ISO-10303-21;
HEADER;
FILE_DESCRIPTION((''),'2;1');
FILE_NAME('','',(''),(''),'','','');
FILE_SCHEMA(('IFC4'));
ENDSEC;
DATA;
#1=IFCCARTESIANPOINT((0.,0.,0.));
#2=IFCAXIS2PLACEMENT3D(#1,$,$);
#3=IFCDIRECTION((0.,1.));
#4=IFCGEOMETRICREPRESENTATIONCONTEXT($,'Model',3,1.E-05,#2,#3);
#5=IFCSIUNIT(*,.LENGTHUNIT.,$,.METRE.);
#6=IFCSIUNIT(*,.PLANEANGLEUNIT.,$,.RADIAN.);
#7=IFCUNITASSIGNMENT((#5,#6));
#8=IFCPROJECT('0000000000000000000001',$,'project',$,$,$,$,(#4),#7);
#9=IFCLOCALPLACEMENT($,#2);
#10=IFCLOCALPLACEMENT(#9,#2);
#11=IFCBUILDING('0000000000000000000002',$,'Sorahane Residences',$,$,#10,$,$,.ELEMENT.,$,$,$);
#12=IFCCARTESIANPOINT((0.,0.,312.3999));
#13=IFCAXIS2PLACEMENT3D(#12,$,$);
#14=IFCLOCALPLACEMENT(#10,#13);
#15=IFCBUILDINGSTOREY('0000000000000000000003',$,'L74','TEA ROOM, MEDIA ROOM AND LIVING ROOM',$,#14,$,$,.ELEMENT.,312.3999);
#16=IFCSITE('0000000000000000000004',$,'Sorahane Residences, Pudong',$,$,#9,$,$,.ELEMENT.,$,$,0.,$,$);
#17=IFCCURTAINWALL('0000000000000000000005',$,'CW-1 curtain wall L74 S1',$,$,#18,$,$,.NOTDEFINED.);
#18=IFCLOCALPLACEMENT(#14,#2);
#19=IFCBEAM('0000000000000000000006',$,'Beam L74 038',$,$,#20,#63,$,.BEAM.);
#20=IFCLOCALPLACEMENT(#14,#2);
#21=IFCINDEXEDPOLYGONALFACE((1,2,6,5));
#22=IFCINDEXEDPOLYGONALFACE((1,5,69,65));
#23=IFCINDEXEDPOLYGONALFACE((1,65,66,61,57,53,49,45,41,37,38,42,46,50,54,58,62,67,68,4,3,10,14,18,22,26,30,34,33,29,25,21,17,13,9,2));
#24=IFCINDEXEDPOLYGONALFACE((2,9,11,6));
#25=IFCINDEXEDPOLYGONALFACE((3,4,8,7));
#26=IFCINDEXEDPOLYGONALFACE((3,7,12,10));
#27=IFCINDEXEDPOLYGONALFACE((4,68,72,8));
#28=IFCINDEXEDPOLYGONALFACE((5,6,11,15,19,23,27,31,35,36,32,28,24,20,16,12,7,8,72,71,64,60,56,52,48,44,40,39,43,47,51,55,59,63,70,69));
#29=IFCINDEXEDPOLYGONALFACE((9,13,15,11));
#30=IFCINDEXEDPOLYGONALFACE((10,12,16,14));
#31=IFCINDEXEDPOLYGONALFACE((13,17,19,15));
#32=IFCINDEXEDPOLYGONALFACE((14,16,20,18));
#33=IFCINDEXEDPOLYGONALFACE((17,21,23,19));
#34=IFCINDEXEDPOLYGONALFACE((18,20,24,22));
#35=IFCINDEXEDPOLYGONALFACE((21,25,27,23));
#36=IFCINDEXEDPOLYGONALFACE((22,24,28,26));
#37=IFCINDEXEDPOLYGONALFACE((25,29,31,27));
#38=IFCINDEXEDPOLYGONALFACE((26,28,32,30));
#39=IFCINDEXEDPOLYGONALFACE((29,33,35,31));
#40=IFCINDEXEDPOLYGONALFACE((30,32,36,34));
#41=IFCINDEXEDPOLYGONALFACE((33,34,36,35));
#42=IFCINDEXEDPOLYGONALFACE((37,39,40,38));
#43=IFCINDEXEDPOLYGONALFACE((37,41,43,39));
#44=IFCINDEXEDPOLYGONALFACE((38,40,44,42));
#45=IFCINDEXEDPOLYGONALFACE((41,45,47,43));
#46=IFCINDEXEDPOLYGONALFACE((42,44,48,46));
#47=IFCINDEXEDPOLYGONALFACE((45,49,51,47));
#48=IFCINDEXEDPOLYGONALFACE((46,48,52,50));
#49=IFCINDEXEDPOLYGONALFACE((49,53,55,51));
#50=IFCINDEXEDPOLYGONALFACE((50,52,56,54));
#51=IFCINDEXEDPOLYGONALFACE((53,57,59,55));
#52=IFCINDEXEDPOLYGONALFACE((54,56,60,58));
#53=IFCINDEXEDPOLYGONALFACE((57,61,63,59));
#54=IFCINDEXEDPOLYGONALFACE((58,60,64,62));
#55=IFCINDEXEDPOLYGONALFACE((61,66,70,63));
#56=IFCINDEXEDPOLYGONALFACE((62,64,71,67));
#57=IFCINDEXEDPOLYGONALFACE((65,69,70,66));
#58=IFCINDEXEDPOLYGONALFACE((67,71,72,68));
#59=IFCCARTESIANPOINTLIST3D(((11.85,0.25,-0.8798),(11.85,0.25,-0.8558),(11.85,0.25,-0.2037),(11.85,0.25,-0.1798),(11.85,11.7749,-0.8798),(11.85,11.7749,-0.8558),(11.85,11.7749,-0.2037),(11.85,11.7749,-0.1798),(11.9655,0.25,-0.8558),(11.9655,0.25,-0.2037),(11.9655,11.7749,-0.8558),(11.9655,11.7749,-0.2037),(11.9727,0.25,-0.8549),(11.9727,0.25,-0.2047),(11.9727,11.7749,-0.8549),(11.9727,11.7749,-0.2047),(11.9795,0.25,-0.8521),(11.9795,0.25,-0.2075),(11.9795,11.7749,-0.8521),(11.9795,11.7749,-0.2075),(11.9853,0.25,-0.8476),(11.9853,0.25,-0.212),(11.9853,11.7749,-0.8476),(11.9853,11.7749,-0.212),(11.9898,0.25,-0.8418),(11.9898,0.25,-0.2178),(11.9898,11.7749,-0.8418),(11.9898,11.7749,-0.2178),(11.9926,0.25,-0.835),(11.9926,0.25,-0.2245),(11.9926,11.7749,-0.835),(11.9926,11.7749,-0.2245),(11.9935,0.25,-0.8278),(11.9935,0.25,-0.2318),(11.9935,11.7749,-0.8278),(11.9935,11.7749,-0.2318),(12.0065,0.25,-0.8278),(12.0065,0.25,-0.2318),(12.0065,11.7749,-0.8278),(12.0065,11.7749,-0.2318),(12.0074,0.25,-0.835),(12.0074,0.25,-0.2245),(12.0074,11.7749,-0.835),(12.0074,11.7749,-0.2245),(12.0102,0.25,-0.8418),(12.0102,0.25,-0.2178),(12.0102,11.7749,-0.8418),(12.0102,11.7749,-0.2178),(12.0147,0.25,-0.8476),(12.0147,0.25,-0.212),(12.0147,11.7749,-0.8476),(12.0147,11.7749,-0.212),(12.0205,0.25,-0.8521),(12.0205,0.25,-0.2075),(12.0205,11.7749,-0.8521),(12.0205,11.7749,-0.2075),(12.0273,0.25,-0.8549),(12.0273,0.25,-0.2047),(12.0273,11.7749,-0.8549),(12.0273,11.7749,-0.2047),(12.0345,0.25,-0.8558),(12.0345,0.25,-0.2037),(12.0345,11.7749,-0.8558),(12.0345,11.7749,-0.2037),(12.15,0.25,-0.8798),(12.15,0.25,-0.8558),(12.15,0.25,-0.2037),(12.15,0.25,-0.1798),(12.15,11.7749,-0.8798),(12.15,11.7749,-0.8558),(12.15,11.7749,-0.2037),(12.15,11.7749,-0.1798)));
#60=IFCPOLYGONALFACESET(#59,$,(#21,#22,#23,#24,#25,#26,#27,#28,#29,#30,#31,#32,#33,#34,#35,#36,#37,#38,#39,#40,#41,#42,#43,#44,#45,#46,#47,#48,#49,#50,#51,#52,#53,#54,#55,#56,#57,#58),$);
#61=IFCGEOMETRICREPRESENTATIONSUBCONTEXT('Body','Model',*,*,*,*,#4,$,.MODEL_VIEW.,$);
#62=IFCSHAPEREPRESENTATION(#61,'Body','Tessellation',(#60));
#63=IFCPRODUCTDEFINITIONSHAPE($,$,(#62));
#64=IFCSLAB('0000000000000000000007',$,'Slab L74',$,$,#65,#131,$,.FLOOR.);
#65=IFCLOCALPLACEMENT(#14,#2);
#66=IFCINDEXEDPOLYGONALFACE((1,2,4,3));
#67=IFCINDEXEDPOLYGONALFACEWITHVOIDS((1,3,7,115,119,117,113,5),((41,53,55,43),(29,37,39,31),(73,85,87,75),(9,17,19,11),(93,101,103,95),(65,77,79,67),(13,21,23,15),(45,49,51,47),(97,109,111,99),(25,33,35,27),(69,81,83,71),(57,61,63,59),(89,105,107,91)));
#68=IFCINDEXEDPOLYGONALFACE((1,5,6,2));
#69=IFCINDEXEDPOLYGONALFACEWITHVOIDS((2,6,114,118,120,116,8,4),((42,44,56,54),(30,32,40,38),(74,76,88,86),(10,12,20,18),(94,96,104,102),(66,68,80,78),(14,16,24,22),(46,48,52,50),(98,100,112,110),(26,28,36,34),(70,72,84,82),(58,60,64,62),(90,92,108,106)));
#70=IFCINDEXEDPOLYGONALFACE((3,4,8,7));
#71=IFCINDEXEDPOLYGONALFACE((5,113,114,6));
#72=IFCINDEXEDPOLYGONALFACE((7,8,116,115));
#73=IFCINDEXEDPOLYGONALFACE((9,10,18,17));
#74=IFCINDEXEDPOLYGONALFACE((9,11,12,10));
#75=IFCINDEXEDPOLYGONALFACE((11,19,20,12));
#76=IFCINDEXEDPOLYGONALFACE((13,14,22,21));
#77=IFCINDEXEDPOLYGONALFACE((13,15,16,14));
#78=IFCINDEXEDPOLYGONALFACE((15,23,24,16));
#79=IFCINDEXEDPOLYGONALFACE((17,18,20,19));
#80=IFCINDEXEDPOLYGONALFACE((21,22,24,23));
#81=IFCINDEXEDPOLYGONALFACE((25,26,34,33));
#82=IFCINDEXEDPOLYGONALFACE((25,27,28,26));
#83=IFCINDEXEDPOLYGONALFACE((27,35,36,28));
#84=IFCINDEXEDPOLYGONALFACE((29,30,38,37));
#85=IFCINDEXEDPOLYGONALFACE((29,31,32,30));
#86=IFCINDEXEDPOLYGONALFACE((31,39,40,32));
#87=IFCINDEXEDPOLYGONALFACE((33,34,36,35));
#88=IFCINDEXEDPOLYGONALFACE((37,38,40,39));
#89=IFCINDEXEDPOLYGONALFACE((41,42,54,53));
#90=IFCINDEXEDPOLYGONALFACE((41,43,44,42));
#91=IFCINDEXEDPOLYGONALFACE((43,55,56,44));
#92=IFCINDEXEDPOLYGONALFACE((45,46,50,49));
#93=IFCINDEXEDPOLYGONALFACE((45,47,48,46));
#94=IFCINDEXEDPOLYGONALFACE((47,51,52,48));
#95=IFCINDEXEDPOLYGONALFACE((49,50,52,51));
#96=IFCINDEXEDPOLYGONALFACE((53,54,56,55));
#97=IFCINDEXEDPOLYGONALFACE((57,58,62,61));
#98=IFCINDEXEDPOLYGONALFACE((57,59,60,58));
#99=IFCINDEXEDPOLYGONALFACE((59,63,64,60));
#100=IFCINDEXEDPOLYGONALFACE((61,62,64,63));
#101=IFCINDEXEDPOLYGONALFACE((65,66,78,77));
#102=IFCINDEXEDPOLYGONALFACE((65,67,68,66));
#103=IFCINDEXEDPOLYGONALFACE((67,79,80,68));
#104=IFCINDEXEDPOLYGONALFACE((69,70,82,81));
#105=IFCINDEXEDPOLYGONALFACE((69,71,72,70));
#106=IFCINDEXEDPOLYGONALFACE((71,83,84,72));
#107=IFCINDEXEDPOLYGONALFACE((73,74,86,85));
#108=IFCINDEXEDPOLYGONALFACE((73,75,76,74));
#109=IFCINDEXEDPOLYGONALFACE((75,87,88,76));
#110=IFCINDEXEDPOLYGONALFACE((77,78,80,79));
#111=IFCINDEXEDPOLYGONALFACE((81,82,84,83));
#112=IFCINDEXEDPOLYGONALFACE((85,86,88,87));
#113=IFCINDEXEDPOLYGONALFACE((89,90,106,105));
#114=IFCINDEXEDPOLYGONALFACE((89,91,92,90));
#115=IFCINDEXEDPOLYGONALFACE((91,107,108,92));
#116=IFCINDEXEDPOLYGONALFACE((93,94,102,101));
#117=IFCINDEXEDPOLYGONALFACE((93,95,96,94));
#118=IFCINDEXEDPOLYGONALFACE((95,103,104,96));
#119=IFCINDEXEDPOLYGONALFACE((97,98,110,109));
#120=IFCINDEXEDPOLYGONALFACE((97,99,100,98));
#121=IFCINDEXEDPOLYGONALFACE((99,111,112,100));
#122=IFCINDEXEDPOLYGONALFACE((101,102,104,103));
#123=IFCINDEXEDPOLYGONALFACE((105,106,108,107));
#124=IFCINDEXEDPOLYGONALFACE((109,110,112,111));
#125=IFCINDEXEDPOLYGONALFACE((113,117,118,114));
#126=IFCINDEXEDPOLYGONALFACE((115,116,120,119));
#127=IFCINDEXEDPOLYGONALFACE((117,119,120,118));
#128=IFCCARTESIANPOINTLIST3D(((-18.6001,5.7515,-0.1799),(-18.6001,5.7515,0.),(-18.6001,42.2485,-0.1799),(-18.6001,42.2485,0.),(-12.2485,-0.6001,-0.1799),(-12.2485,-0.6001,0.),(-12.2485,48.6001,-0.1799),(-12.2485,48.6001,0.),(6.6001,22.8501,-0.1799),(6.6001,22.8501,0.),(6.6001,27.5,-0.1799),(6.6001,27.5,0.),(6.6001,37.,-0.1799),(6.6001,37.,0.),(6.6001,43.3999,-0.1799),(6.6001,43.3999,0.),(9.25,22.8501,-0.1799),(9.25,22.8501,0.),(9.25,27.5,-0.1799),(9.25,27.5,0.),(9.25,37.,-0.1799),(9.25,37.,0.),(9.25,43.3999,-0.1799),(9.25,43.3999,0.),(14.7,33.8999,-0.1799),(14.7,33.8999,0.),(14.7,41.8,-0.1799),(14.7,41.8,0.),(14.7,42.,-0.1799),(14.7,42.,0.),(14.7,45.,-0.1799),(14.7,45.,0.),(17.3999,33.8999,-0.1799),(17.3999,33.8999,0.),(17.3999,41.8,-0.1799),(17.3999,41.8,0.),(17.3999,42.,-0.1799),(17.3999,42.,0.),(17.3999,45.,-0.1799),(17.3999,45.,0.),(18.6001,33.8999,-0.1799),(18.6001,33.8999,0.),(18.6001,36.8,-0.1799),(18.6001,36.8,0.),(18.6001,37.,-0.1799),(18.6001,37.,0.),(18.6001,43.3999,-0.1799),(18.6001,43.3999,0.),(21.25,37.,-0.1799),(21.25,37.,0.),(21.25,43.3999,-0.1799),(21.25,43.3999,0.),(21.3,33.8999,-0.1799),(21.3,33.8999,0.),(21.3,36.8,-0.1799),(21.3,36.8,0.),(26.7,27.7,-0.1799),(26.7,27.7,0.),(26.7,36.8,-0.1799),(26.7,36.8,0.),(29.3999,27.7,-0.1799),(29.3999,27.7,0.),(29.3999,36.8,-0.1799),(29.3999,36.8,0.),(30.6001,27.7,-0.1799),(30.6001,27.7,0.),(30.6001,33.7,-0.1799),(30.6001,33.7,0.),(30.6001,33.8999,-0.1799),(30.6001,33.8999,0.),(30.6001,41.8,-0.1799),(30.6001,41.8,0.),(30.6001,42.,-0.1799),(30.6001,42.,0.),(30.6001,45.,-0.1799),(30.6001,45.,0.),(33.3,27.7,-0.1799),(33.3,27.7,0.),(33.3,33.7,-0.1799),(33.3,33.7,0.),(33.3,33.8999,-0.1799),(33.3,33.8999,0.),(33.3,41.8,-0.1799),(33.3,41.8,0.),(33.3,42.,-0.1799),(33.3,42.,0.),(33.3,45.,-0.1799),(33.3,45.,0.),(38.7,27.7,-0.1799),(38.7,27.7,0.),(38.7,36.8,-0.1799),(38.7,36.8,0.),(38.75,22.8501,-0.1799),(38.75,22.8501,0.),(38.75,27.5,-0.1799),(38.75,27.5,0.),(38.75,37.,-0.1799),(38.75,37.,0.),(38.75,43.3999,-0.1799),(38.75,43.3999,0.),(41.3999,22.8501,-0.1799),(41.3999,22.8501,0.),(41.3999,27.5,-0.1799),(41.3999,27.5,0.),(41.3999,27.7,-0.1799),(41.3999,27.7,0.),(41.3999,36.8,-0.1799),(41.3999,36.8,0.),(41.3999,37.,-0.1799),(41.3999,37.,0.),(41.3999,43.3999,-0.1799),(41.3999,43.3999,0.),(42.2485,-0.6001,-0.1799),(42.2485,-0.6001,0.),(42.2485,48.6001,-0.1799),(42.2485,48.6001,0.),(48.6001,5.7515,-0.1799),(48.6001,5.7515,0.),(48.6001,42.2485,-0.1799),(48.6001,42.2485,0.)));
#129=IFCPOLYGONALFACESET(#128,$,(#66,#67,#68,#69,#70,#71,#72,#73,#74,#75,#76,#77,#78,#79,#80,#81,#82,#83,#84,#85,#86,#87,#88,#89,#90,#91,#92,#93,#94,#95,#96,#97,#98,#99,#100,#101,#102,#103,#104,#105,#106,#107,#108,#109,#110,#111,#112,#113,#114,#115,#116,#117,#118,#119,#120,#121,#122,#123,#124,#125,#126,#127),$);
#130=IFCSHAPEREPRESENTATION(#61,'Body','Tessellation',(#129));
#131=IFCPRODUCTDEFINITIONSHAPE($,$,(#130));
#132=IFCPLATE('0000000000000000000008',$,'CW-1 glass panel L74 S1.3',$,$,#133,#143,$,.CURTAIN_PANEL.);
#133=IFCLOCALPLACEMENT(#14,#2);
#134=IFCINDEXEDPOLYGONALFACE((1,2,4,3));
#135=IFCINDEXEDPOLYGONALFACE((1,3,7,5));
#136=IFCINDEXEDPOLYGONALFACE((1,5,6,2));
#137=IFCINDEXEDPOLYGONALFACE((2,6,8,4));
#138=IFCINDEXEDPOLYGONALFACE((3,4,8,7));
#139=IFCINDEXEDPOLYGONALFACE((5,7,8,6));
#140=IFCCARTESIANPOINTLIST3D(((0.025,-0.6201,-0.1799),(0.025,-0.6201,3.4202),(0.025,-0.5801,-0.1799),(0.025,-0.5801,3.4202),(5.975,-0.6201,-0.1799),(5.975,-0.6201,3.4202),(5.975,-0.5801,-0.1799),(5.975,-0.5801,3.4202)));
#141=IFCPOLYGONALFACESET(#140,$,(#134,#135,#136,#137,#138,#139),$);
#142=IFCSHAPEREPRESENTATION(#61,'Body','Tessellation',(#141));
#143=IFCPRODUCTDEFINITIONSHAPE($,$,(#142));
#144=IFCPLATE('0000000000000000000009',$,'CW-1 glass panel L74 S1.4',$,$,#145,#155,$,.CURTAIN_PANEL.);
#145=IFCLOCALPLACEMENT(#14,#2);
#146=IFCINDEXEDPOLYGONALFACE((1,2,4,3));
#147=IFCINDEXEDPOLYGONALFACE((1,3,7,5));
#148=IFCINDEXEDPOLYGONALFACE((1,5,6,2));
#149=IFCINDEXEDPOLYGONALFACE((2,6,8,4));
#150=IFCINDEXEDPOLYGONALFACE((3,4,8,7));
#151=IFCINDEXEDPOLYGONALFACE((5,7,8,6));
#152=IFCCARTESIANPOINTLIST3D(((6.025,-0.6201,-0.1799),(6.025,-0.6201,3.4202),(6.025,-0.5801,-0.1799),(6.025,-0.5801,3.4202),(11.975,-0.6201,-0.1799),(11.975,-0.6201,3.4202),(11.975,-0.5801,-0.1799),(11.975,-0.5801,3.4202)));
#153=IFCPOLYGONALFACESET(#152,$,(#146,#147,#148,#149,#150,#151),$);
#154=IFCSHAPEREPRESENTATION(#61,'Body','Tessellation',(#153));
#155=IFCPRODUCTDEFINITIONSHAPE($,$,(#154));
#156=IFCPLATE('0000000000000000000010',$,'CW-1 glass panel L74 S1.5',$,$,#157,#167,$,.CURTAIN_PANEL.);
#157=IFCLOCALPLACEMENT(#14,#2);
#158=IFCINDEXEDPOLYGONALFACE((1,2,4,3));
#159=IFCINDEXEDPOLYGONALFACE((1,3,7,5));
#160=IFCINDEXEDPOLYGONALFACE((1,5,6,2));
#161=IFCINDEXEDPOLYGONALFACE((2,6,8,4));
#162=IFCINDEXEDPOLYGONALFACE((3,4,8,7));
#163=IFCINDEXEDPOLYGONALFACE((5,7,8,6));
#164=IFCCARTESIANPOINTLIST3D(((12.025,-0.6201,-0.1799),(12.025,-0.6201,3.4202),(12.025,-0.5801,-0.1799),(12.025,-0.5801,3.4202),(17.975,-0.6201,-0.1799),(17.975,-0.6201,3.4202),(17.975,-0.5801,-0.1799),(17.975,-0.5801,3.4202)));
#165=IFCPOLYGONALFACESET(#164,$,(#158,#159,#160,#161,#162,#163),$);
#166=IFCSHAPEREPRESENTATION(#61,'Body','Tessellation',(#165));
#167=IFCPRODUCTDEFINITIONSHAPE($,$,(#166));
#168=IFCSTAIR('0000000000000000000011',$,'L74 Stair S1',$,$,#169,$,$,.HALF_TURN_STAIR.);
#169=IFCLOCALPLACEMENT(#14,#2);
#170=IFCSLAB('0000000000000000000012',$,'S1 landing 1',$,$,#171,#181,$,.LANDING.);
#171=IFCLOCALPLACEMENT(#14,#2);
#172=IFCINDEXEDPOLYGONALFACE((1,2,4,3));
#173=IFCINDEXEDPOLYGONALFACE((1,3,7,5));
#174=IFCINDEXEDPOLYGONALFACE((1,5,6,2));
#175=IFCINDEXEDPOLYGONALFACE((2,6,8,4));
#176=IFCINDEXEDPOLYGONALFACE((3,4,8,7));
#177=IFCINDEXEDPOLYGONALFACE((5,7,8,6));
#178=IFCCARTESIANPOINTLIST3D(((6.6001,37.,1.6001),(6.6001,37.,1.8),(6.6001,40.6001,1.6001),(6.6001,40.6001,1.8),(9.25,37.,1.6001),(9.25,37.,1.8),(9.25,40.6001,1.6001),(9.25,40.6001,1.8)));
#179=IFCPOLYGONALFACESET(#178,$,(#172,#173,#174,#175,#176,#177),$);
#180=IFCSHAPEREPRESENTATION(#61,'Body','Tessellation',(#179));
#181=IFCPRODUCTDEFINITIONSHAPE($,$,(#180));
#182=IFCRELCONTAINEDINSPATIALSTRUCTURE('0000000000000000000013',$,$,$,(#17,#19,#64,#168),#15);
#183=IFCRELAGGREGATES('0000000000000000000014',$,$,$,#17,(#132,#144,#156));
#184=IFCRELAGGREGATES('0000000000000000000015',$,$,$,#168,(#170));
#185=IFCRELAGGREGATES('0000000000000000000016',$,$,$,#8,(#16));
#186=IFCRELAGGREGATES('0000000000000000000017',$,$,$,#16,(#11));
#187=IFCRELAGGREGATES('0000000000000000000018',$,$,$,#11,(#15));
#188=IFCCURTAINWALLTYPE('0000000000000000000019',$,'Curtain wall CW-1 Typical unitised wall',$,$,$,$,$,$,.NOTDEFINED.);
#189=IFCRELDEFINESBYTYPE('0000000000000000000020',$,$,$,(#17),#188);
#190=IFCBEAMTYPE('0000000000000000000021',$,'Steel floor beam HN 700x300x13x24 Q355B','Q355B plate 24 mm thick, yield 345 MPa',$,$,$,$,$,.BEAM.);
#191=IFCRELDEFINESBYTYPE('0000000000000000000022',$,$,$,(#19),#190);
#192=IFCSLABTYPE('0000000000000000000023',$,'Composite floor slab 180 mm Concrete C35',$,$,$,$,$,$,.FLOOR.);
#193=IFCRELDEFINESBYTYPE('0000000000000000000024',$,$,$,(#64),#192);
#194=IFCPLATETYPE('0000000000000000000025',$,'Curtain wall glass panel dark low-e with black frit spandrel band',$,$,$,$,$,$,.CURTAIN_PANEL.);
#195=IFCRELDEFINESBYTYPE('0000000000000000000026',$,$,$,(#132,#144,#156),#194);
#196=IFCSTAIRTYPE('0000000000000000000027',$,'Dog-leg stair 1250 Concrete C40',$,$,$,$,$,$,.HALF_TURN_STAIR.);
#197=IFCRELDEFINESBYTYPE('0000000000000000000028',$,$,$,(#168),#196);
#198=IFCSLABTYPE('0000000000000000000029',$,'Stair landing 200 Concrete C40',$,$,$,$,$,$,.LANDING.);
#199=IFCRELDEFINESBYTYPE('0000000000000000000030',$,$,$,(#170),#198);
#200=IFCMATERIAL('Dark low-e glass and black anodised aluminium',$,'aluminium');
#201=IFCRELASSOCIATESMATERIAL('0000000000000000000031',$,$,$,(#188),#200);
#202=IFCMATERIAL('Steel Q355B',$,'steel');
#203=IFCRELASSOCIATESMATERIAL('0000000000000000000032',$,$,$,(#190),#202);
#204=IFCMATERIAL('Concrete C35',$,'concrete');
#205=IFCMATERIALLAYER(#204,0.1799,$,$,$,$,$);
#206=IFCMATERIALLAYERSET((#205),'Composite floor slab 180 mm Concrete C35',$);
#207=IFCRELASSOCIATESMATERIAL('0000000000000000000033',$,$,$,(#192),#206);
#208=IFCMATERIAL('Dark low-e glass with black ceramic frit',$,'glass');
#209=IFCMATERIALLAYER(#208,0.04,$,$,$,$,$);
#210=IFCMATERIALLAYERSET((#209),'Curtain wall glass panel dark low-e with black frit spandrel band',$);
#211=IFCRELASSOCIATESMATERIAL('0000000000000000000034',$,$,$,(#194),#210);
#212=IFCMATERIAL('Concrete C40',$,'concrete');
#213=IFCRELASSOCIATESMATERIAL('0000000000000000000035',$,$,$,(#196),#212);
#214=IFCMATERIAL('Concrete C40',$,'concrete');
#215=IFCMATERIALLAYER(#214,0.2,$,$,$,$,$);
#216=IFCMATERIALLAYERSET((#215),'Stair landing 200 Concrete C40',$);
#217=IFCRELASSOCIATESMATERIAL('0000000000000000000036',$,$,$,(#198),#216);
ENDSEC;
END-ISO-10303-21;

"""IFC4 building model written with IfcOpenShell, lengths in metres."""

from ifc_helpers import new_model, si_unit, direction, frame, origin, origin_2d, place, context, subcontext, project, spatial, polyline, rectangle, i_section, outline, extrude, material, layer, layer_set, material_profile, profile_set, type_object, element, aggregate, save


model = new_model("IFC4")

# Units and contexts
model_context = context("Model", 3, precision=1e-05, world=origin(), true_north=direction((0.0, 1.0)))
body_context = subcontext(model_context, "Body", "Model", "MODEL_VIEW")
ifc_project = project(units=[si_unit("LENGTHUNIT", "METRE"), si_unit("PLANEANGLEUNIT", "RADIAN")], contexts=[model_context])

# Site, building, storey
site_placement = place(None, origin())
site = spatial("IfcSite", under=ifc_project, at=site_placement, Name="Sorahane Residences, Pudong", CompositionType="ELEMENT", RefElevation=0.0)
building_placement = place(site_placement, origin())
building = spatial("IfcBuilding", under=site, at=building_placement, Name="Sorahane Residences", CompositionType="ELEMENT")
storey_placement = place(building_placement, frame((0.0, 0.0, 312.3999)))
storey = spatial("IfcBuildingStorey", under=building, at=storey_placement, Name="L74", Description="TEA ROOM, MEDIA ROOM AND LIVING ROOM", CompositionType="ELEMENT", Elevation=312.3999)

# Curtain wall
ifc_material_1 = material(Name="Dark low-e glass and black anodised aluminium", Category="aluminium")
curtain_wall_type = type_object("IfcCurtainWallType", Name="Curtain wall CW-1 Typical unitised wall", PredefinedType="NOTDEFINED", material=ifc_material_1)
curtain_wall_placement = place(storey_placement, origin())
curtain_wall = element("IfcCurtainWall", 1, at=curtain_wall_placement, inside=storey, type_object=curtain_wall_type, Name="CW-1 curtain wall L74 S1", PredefinedType="NOTDEFINED")

# Beam
ifc_material_2 = material(Name="Steel Q355B", Category="steel")
ifc_material_profile_1 = material_profile(ifc_material_2, i_section(OverallWidth=0.3, OverallDepth=0.7, WebThickness=0.0129, FlangeThickness=0.0239, FilletRadius=0.0281, at=origin_2d()), Name="HN 700x300x13x24")
ifc_profile_set_1 = profile_set([ifc_material_profile_1], Name="Steel Q355B")
beam_type_1 = type_object("IfcBeamType", Name="Steel floor beam HN 700x300x13x24 Q355B", Description="Q355B plate 24 mm thick, yield 345 MPa", PredefinedType="BEAM", material=ifc_profile_set_1)
beam_1_placement = place(storey_placement, frame((12.0, 0.25, -0.5298), z_axis=(0.0, 1.0, 0.0), x_axis=(-1.0, 0.0, 0.0)))
element("IfcBeam", 2, at=beam_1_placement, inside=storey, type_object=beam_type_1, Name="Beam L74 038", PredefinedType="BEAM", context=body_context, shape_type="SweptSolid", body=[
    extrude(i_section(OverallWidth=0.3, OverallDepth=0.7, WebThickness=0.0129, FlangeThickness=0.0239, FilletRadius=0.0281, at=origin_2d()), origin(), (0.0, 0.0, 1.0), 11.5249),
])

# Slab
ifc_material_3 = material(Name="Concrete C35", Category="concrete")
ifc_layer_1 = layer(ifc_material_3, 0.1799)
ifc_layer_set_1 = layer_set([ifc_layer_1], Name="Composite floor slab 180 mm Concrete C35")
slab_type_1 = type_object("IfcSlabType", Name="Composite floor slab 180 mm Concrete C35", PredefinedType="FLOOR", material=ifc_layer_set_1)
slab_1_placement = place(storey_placement, frame((0.0, 0.0, -0.1799)))
element("IfcSlab", 3, at=slab_1_placement, inside=storey, type_object=slab_type_1, Name="Slab L74", PredefinedType="FLOOR", context=body_context, shape_type="SweptSolid", body=[
    extrude(outline(polyline([(-12.2485, -0.6001), (-18.6001, 5.7515), (-18.6001, 42.2485), (-12.2485, 48.6001), (42.2485, 48.6001), (48.6001, 42.2485), (48.6001, 5.7515), (42.2485, -0.6001), (-12.2485, -0.6001)]), holes=[polyline([(38.7, 27.7), (41.3999, 27.7), (41.3999, 36.8), (38.7, 36.8), (38.7, 27.7)]), polyline([(30.6001, 27.7), (33.3, 27.7), (33.3, 33.7), (30.6001, 33.7), (30.6001, 27.7)]), polyline([(30.6001, 42.0), (33.3, 42.0), (33.3, 45.0), (30.6001, 45.0), (30.6001, 42.0)]), polyline([(14.7, 42.0), (17.3999, 42.0), (17.3999, 45.0), (14.7, 45.0), (14.7, 42.0)]), polyline([(6.6001, 43.3999), (6.6001, 37.0), (9.25, 37.0), (9.25, 43.3999), (6.6001, 43.3999)]), polyline([(38.75, 43.3999), (38.75, 37.0), (41.3999, 37.0), (41.3999, 43.3999), (38.75, 43.3999)]), polyline([(18.6001, 43.3999), (18.6001, 37.0), (21.25, 37.0), (21.25, 43.3999), (18.6001, 43.3999)]), polyline([(9.25, 22.8501), (9.25, 27.5), (6.6001, 27.5), (6.6001, 22.8501), (9.25, 22.8501)]), polyline([(41.3999, 22.8501), (41.3999, 27.5), (38.75, 27.5), (38.75, 22.8501), (41.3999, 22.8501)]), polyline([(14.7, 33.8999), (17.3999, 33.8999), (17.3999, 41.8), (14.7, 41.8), (14.7, 33.8999)]), polyline([(30.6001, 33.8999), (33.3, 33.8999), (33.3, 41.8), (30.6001, 41.8), (30.6001, 33.8999)]), polyline([(18.6001, 33.8999), (21.3, 33.8999), (21.3, 36.8), (18.6001, 36.8), (18.6001, 33.8999)]), polyline([(26.7, 27.7), (29.3999, 27.7), (29.3999, 36.8), (26.7, 36.8), (26.7, 27.7)])]), origin(), (0.0, 0.0, 1.0), 0.1799),
])

# Plates
ifc_material_4 = material(Name="Dark low-e glass with black ceramic frit", Category="glass")
ifc_layer_2 = layer(ifc_material_4, 0.04)
ifc_layer_set_2 = layer_set([ifc_layer_2], Name="Curtain wall glass panel dark low-e with black frit spandrel band")
plate_type = type_object("IfcPlateType", Name="Curtain wall glass panel dark low-e with black frit spandrel band", PredefinedType="CURTAIN_PANEL", material=ifc_layer_set_2)
plate_1_placement = place(storey_placement, frame((3.0, -0.6001, -0.1799), z_axis=(0.0, 0.0, 1.0), x_axis=(1.0, 0.0, 0.0)))
plate_1 = element("IfcPlate", 4, at=plate_1_placement, type_object=plate_type, Name="CW-1 glass panel L74 S1.3", PredefinedType="CURTAIN_PANEL", context=body_context, shape_type="SweptSolid", body=[
    extrude(rectangle(XDim=5.95, YDim=0.04, at=origin_2d()), origin(), (0.0, 0.0, 1.0), 3.6001),
])
plate_2_placement = place(storey_placement, frame((9.0, -0.6001, -0.1799), z_axis=(0.0, 0.0, 1.0), x_axis=(1.0, 0.0, 0.0)))
plate_2 = element("IfcPlate", 5, at=plate_2_placement, type_object=plate_type, Name="CW-1 glass panel L74 S1.4", PredefinedType="CURTAIN_PANEL", context=body_context, shape_type="SweptSolid", body=[
    extrude(rectangle(XDim=5.95, YDim=0.04, at=origin_2d()), origin(), (0.0, 0.0, 1.0), 3.6001),
])
plate_3_placement = place(storey_placement, frame((15.0, -0.6001, -0.1799), z_axis=(0.0, 0.0, 1.0), x_axis=(1.0, 0.0, 0.0)))
plate_3 = element("IfcPlate", 6, at=plate_3_placement, type_object=plate_type, Name="CW-1 glass panel L74 S1.5", PredefinedType="CURTAIN_PANEL", context=body_context, shape_type="SweptSolid", body=[
    extrude(rectangle(XDim=5.95, YDim=0.04, at=origin_2d()), origin(), (0.0, 0.0, 1.0), 3.6001),
])
aggregate(curtain_wall, [plate_1, plate_2, plate_3])

# Stair, slab
ifc_material_5 = material(Name="Concrete C40", Category="concrete")
stair_type = type_object("IfcStairType", Name="Dog-leg stair 1250 Concrete C40", PredefinedType="HALF_TURN_STAIR", material=ifc_material_5)
stair_1_placement = place(storey_placement, origin())
stair_1 = element("IfcStair", 7, at=stair_1_placement, inside=storey, type_object=stair_type, Name="L74 Stair S1", PredefinedType="HALF_TURN_STAIR")
ifc_material_6 = material(Name="Concrete C40", Category="concrete")
ifc_layer_3 = layer(ifc_material_6, 0.2)
ifc_layer_set_3 = layer_set([ifc_layer_3], Name="Stair landing 200 Concrete C40")
slab_type_2 = type_object("IfcSlabType", Name="Stair landing 200 Concrete C40", PredefinedType="LANDING", material=ifc_layer_set_3)
slab_2_placement = place(storey_placement, frame((0.0, 0.0, 1.6001)))
slab_2 = element("IfcSlab", 8, at=slab_2_placement, type_object=slab_type_2, Name="S1 landing 1", PredefinedType="LANDING", context=body_context, shape_type="SweptSolid", body=[
    extrude(outline(polyline([(6.6001, 40.6001), (6.6001, 37.0), (9.25, 37.0), (9.25, 40.6001), (6.6001, 40.6001)])), origin(), (0.0, 0.0, 1.0), 0.2),
])
aggregate(stair_1, [slab_2])

save(model, "model.ifc")
